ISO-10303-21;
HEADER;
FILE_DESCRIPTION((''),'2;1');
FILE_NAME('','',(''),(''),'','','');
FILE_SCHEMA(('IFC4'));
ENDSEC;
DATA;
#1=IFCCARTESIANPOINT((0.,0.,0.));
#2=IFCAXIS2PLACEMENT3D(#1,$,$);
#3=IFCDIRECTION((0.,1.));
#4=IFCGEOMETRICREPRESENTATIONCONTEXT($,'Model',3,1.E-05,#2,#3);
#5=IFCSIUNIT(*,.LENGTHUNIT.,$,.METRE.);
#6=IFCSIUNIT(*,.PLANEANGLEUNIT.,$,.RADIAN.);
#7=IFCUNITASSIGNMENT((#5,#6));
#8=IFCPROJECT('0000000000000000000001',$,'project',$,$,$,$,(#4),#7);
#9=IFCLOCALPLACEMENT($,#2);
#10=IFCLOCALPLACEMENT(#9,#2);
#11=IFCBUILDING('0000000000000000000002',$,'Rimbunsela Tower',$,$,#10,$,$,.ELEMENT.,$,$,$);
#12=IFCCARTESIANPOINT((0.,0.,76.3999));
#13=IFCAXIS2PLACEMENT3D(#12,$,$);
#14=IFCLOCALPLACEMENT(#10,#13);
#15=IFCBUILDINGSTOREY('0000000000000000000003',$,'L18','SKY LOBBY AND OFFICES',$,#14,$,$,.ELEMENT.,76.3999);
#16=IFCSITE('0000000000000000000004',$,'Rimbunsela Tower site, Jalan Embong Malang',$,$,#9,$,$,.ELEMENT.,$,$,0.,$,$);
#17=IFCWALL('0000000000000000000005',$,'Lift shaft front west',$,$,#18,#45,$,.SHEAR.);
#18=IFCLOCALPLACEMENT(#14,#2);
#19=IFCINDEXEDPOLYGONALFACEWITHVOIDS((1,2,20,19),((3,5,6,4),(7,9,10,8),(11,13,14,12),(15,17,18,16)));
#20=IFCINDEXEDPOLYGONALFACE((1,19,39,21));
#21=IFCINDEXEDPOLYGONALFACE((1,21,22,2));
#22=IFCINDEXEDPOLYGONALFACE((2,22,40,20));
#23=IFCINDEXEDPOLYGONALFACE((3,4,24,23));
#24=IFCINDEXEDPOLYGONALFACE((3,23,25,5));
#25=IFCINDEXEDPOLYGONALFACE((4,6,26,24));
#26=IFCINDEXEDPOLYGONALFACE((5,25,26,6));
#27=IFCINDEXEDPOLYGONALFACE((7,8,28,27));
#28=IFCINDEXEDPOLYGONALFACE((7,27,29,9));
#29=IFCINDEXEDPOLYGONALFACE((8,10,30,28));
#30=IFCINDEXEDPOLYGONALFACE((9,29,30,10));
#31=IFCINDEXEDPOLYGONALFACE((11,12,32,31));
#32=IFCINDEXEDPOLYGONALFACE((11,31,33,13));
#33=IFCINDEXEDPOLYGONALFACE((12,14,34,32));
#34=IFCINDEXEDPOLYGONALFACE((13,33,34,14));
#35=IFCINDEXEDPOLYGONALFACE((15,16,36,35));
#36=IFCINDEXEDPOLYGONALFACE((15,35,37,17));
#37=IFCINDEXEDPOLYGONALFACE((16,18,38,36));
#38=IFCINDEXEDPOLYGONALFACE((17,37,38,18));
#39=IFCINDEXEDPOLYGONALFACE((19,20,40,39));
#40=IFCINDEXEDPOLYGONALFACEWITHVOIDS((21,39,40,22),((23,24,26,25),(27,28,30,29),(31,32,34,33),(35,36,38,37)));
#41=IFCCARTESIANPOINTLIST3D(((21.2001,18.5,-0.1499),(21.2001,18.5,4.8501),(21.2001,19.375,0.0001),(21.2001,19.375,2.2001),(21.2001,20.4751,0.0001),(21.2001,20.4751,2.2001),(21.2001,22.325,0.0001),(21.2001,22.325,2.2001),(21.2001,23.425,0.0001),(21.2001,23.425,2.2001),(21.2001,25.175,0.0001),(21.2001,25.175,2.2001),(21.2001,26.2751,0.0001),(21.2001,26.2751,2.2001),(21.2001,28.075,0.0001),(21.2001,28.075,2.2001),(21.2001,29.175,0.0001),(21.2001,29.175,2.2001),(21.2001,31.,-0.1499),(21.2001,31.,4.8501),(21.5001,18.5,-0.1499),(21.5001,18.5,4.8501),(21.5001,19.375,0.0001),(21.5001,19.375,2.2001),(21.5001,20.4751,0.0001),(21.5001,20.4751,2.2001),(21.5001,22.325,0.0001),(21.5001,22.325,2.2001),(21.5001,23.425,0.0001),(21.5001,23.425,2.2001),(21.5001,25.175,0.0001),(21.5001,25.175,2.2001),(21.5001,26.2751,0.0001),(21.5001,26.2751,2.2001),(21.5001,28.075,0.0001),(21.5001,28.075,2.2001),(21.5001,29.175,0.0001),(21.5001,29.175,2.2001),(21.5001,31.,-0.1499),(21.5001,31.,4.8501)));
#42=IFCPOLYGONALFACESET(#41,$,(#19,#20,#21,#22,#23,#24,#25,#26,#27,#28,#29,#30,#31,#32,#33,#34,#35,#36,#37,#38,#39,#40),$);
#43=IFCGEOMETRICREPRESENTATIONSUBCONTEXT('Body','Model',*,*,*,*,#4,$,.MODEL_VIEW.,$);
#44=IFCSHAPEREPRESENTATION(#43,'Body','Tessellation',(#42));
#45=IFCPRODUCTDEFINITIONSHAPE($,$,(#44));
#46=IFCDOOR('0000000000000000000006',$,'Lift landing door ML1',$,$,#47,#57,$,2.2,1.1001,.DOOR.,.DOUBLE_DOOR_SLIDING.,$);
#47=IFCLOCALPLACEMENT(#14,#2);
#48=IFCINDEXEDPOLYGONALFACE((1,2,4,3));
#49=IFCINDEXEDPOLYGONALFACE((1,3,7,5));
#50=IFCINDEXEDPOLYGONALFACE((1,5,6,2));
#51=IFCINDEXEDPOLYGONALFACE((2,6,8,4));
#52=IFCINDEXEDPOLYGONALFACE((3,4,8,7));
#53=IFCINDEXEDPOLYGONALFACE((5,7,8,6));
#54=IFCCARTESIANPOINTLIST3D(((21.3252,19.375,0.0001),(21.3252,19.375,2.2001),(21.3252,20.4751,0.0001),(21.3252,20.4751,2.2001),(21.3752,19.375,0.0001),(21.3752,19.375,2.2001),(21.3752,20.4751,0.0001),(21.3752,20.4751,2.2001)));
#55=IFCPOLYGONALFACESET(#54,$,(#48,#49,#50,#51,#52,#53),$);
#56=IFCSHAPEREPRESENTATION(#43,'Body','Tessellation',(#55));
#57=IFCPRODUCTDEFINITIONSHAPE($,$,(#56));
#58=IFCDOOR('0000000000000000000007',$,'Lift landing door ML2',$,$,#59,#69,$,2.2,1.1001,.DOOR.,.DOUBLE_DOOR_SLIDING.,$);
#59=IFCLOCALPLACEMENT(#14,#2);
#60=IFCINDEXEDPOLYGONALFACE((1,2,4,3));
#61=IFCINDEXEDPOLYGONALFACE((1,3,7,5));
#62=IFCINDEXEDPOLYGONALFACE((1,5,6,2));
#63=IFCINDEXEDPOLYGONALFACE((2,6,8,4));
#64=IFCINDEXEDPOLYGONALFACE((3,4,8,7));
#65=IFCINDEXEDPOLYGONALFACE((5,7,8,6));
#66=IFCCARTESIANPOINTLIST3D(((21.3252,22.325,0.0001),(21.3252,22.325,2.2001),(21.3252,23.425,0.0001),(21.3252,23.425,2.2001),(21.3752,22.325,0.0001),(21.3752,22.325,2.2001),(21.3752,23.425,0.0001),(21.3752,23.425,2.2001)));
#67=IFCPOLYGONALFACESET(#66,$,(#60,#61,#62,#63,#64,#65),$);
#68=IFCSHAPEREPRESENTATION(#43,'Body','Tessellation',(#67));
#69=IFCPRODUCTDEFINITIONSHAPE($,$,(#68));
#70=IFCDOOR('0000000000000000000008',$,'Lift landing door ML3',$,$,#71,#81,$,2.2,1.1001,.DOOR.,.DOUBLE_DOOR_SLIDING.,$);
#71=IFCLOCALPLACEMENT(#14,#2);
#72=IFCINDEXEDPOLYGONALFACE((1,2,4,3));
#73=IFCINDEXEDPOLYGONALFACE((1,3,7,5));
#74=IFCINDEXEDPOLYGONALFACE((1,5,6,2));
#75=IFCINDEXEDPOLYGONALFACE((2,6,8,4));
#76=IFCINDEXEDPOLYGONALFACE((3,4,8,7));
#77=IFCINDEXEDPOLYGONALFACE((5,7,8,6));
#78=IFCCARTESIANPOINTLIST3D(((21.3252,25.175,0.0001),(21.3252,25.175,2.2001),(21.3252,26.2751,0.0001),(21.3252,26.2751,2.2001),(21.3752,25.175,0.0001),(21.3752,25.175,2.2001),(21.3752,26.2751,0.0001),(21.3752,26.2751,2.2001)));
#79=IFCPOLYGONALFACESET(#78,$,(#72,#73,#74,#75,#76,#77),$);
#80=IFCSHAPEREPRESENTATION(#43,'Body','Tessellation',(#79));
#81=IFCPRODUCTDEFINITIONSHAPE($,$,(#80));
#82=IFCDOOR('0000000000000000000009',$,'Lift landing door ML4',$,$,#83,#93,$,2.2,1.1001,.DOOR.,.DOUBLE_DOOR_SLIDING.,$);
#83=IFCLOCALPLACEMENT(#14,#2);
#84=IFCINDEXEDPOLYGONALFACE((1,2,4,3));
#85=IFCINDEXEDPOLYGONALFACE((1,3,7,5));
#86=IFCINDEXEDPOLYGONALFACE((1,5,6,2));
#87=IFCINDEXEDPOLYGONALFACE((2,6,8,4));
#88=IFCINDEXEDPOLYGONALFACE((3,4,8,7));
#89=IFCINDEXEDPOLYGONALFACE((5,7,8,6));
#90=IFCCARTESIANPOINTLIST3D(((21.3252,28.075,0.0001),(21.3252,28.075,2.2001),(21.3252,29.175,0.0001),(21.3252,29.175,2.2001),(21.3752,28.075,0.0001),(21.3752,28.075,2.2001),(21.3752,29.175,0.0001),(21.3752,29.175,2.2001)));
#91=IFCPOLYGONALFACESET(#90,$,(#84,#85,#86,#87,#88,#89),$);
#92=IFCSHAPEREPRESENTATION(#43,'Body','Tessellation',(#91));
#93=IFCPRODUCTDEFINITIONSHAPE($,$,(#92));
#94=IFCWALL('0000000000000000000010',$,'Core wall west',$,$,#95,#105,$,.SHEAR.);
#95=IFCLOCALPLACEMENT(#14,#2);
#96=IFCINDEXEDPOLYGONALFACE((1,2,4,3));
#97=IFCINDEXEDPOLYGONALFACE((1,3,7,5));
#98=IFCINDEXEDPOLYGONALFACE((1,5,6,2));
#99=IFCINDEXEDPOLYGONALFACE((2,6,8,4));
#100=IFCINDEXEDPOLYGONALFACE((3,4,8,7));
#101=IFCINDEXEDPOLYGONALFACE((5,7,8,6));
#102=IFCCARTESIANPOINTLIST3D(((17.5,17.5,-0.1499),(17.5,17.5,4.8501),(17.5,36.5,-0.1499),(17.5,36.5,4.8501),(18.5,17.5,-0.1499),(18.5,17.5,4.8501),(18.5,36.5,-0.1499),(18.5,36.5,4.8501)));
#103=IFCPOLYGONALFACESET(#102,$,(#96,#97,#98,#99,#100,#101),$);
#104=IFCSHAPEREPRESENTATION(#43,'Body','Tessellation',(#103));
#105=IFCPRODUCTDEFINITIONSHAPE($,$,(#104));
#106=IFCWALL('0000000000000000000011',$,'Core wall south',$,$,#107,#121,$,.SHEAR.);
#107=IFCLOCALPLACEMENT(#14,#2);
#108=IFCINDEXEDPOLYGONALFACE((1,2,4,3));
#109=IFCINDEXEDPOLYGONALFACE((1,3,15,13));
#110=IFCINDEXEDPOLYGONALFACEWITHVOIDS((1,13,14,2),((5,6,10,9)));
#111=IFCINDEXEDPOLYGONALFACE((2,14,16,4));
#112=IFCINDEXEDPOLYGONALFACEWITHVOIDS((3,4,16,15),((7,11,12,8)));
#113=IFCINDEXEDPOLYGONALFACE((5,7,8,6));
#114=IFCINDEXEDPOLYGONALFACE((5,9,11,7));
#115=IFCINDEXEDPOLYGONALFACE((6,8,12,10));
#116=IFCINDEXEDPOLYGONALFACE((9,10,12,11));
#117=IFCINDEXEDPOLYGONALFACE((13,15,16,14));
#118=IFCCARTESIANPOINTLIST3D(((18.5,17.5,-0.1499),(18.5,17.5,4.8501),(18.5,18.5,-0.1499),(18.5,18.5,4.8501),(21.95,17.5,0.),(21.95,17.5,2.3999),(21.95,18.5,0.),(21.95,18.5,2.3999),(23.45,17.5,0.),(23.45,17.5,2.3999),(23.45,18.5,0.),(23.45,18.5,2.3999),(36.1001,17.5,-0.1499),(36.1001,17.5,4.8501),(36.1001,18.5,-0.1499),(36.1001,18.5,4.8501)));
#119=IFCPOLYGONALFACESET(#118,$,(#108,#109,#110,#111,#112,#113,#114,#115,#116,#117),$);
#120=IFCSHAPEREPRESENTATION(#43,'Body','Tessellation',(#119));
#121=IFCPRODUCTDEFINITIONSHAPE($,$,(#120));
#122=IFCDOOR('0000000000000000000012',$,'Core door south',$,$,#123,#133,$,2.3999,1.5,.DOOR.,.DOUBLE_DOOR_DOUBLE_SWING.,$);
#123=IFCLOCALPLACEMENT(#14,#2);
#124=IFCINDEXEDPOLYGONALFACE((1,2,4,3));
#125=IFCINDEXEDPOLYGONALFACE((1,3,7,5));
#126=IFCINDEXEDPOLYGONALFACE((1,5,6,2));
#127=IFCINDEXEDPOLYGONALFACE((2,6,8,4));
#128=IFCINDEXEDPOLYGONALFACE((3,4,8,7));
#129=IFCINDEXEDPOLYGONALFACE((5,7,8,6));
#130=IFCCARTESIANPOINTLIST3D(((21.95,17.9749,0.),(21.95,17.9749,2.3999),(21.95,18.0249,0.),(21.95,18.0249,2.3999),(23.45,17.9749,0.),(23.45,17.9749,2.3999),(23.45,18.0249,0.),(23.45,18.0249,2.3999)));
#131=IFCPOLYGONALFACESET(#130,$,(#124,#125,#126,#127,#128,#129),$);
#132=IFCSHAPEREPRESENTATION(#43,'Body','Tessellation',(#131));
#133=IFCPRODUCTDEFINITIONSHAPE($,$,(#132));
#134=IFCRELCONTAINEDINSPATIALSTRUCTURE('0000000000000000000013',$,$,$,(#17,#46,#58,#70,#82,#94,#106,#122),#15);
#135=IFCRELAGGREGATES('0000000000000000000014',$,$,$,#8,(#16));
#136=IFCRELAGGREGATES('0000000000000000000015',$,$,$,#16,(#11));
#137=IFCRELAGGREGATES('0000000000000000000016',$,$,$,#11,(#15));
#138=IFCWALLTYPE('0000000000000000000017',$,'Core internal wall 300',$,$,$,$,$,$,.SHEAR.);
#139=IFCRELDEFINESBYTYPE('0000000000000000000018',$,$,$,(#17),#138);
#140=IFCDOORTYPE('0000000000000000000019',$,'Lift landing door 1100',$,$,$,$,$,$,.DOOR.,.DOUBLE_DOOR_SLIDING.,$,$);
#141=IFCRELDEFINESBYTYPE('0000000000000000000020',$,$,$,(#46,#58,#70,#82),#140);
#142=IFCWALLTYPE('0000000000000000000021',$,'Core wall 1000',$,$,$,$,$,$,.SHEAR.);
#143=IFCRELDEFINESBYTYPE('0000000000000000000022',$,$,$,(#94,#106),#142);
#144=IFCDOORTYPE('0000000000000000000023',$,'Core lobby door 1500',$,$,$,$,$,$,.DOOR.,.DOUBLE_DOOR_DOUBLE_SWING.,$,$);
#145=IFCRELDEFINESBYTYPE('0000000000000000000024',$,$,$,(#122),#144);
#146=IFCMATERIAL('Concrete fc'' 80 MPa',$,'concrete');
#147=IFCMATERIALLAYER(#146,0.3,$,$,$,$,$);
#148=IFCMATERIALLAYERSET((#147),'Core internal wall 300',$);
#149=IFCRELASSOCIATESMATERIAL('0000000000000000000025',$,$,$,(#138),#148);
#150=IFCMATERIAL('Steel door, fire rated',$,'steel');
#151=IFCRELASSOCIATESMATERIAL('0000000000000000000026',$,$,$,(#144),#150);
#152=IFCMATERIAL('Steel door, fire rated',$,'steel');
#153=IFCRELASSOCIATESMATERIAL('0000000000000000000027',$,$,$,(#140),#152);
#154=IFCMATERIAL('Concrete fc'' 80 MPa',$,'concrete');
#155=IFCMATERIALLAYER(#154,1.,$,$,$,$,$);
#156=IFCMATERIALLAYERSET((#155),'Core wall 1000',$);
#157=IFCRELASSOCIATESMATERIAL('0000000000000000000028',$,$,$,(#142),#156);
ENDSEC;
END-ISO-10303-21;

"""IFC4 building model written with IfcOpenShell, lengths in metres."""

from ifc_helpers import new_model, si_unit, direction, frame, frame_2d, origin, place, context, subcontext, project, spatial, rectangle, extrude, material, layer, layer_set, type_object, element, fill, save


model = new_model("IFC4")

# Units and contexts
model_context = context("Model", 3, precision=1e-05, world=origin(), true_north=direction((0.0, 1.0)))
body_context = subcontext(model_context, "Body", "Model", "MODEL_VIEW")
ifc_project = project(units=[si_unit("LENGTHUNIT", "METRE"), si_unit("PLANEANGLEUNIT", "RADIAN")], contexts=[model_context])

# Site, building, storey
site_placement = place(None, origin())
site = spatial("IfcSite", under=ifc_project, at=site_placement, Name="Rimbunsela Tower site, Jalan Embong Malang", CompositionType="ELEMENT", RefElevation=0.0)
building_placement = place(site_placement, origin())
building = spatial("IfcBuilding", under=site, at=building_placement, Name="Rimbunsela Tower", CompositionType="ELEMENT")
storey_placement = place(building_placement, frame((0.0, 0.0, 76.3999)))
storey = spatial("IfcBuildingStorey", under=building, at=storey_placement, Name="L18", Description="SKY LOBBY AND OFFICES", CompositionType="ELEMENT", Elevation=76.3999)

# Shared definitions
ifc_material_1 = material(Name="Concrete fc' 80 MPa", Category="concrete")
ifc_layer_1 = layer(ifc_material_1, 0.3)
ifc_layer_set_1 = layer_set([ifc_layer_1], Name="Core internal wall 300")
wall_type_1 = type_object("IfcWallType", Name="Core internal wall 300", PredefinedType="SHEAR", material=ifc_layer_set_1)
ifc_material_2 = material(Name="Steel door, fire rated", Category="steel")
door_type_1 = type_object("IfcDoorType", Name="Core lobby door 1500", OperationType="DOUBLE_DOOR_DOUBLE_SWING", PredefinedType="DOOR", material=ifc_material_2)

# Wall, openings, doors
wall_1_placement = place(storey_placement, frame((21.3501, 18.5, -0.1499), z_axis=(0.0, 0.0, 1.0), x_axis=(0.0, 1.0, 0.0)))
wall_1 = element("IfcWall", 1, at=wall_1_placement, inside=storey, type_object=wall_type_1, Name="Lift shaft front west", PredefinedType="SHEAR", context=body_context, shape_type="SweptSolid", body=[
    extrude(rectangle(XDim=12.5, YDim=0.3, at=frame_2d((6.25, 0.0))), origin(), (0.0, 0.0, 1.0), 5.0),
])
opening_1_placement = place(wall_1_placement, frame((0.875, 0.0, 0.1499)))
opening_1 = element("IfcOpeningElement", 2, at=opening_1_placement, cuts=wall_1, PredefinedType="OPENING", context=body_context, shape_type="SweptSolid", body=[
    extrude(rectangle(XDim=1.1001, YDim=2.2, at=frame_2d((0.55, 1.1001))), frame((0.0, 0.1599, 0.0), z_axis=(0.0, -1.0, 0.0), x_axis=(1.0, 0.0, 0.0)), (0.0, 0.0, 1.0), 0.3201),
])
opening_2_placement = place(wall_1_placement, frame((3.825, 0.0, 0.1499)))
opening_2 = element("IfcOpeningElement", 3, at=opening_2_placement, cuts=wall_1, PredefinedType="OPENING", context=body_context, shape_type="SweptSolid", body=[
    extrude(rectangle(XDim=1.1001, YDim=2.2, at=frame_2d((0.55, 1.1001))), frame((0.0, 0.1599, 0.0), z_axis=(0.0, -1.0, 0.0), x_axis=(1.0, 0.0, 0.0)), (0.0, 0.0, 1.0), 0.3201),
])
opening_3_placement = place(wall_1_placement, frame((6.675, 0.0, 0.1499)))
opening_3 = element("IfcOpeningElement", 4, at=opening_3_placement, cuts=wall_1, PredefinedType="OPENING", context=body_context, shape_type="SweptSolid", body=[
    extrude(rectangle(XDim=1.1001, YDim=2.2, at=frame_2d((0.55, 1.1001))), frame((0.0, 0.1599, 0.0), z_axis=(0.0, -1.0, 0.0), x_axis=(1.0, 0.0, 0.0)), (0.0, 0.0, 1.0), 0.3201),
])
opening_4_placement = place(wall_1_placement, frame((9.575, 0.0, 0.1499)))
opening_4 = element("IfcOpeningElement", 5, at=opening_4_placement, cuts=wall_1, PredefinedType="OPENING", context=body_context, shape_type="SweptSolid", body=[
    extrude(rectangle(XDim=1.1001, YDim=2.2, at=frame_2d((0.55, 1.1001))), frame((0.0, 0.1599, 0.0), z_axis=(0.0, -1.0, 0.0), x_axis=(1.0, 0.0, 0.0)), (0.0, 0.0, 1.0), 0.3201),
])
ifc_material_3 = material(Name="Steel door, fire rated", Category="steel")
door_type_2 = type_object("IfcDoorType", Name="Lift landing door 1100", OperationType="DOUBLE_DOOR_SLIDING", PredefinedType="DOOR", material=ifc_material_3)
door_1_placement = place(opening_1_placement, origin())
door_1 = element("IfcDoor", 6, at=door_1_placement, inside=storey, type_object=door_type_2, Name="Lift landing door ML1", OperationType="DOUBLE_DOOR_SLIDING", OverallHeight=2.2, OverallWidth=1.1001, PredefinedType="DOOR", context=body_context, shape_type="SweptSolid", body=[
    extrude(rectangle(XDim=1.1001, YDim=2.2, at=frame_2d((0.55, 1.1001))), frame((0.0, 0.0249, 0.0), z_axis=(0.0, -1.0, 0.0), x_axis=(1.0, 0.0, 0.0)), (0.0, 0.0, 1.0), 0.05),
])
fill(opening_1, door_1)
door_2_placement = place(opening_2_placement, origin())
door_2 = element("IfcDoor", 7, at=door_2_placement, inside=storey, type_object=door_type_2, Name="Lift landing door ML2", OperationType="DOUBLE_DOOR_SLIDING", OverallHeight=2.2, OverallWidth=1.1001, PredefinedType="DOOR", context=body_context, shape_type="SweptSolid", body=[
    extrude(rectangle(XDim=1.1001, YDim=2.2, at=frame_2d((0.55, 1.1001))), frame((0.0, 0.0249, 0.0), z_axis=(0.0, -1.0, 0.0), x_axis=(1.0, 0.0, 0.0)), (0.0, 0.0, 1.0), 0.05),
])
fill(opening_2, door_2)
door_3_placement = place(opening_3_placement, origin())
door_3 = element("IfcDoor", 8, at=door_3_placement, inside=storey, type_object=door_type_2, Name="Lift landing door ML3", OperationType="DOUBLE_DOOR_SLIDING", OverallHeight=2.2, OverallWidth=1.1001, PredefinedType="DOOR", context=body_context, shape_type="SweptSolid", body=[
    extrude(rectangle(XDim=1.1001, YDim=2.2, at=frame_2d((0.55, 1.1001))), frame((0.0, 0.0249, 0.0), z_axis=(0.0, -1.0, 0.0), x_axis=(1.0, 0.0, 0.0)), (0.0, 0.0, 1.0), 0.05),
])
fill(opening_3, door_3)
door_4_placement = place(opening_4_placement, origin())
door_4 = element("IfcDoor", 9, at=door_4_placement, inside=storey, type_object=door_type_2, Name="Lift landing door ML4", OperationType="DOUBLE_DOOR_SLIDING", OverallHeight=2.2, OverallWidth=1.1001, PredefinedType="DOOR", context=body_context, shape_type="SweptSolid", body=[
    extrude(rectangle(XDim=1.1001, YDim=2.2, at=frame_2d((0.55, 1.1001))), frame((0.0, 0.0249, 0.0), z_axis=(0.0, -1.0, 0.0), x_axis=(1.0, 0.0, 0.0)), (0.0, 0.0, 1.0), 0.05),
])
fill(opening_4, door_4)

# Wall
ifc_material_4 = material(Name="Concrete fc' 80 MPa", Category="concrete")
ifc_layer_2 = layer(ifc_material_4, 1.0)
ifc_layer_set_2 = layer_set([ifc_layer_2], Name="Core wall 1000")
wall_type_2 = type_object("IfcWallType", Name="Core wall 1000", PredefinedType="SHEAR", material=ifc_layer_set_2)
wall_2_placement = place(storey_placement, frame((18.0, 17.5, -0.1499), z_axis=(0.0, 0.0, 1.0), x_axis=(0.0, 1.0, 0.0)))
element("IfcWall", 10, at=wall_2_placement, inside=storey, type_object=wall_type_2, Name="Core wall west", PredefinedType="SHEAR", context=body_context, shape_type="SweptSolid", body=[
    extrude(rectangle(XDim=19.0, YDim=1.0, at=frame_2d((9.5, 0.0))), origin(), (0.0, 0.0, 1.0), 5.0),
])

# Wall, opening, door
wall_3_placement = place(storey_placement, frame((18.5, 18.0, -0.1499), z_axis=(0.0, 0.0, 1.0), x_axis=(1.0, 0.0, 0.0)))
wall_3 = element("IfcWall", 11, at=wall_3_placement, inside=storey, type_object=wall_type_2, Name="Core wall south", PredefinedType="SHEAR", context=body_context, shape_type="SweptSolid", body=[
    extrude(rectangle(XDim=17.6001, YDim=1.0, at=frame_2d((8.8, 0.0))), origin(), (0.0, 0.0, 1.0), 5.0),
])
opening_5_placement = place(wall_3_placement, frame((3.45, 0.0, 0.1499)))
opening_5 = element("IfcOpeningElement", 12, at=opening_5_placement, cuts=wall_3, PredefinedType="OPENING", context=body_context, shape_type="SweptSolid", body=[
    extrude(rectangle(XDim=1.5, YDim=2.3999, at=frame_2d((0.75, 1.2))), frame((0.0, 0.51, 0.0), z_axis=(0.0, -1.0, 0.0), x_axis=(1.0, 0.0, 0.0)), (0.0, 0.0, 1.0), 1.02),
])
door_5_placement = place(opening_5_placement, origin())
door_5 = element("IfcDoor", 13, at=door_5_placement, inside=storey, type_object=door_type_1, Name="Core door south", OperationType="DOUBLE_DOOR_DOUBLE_SWING", OverallHeight=2.3999, OverallWidth=1.5, PredefinedType="DOOR", context=body_context, shape_type="SweptSolid", body=[
    extrude(rectangle(XDim=1.5, YDim=2.3999, at=frame_2d((0.75, 1.2))), frame((0.0, 0.0249, 0.0), z_axis=(0.0, -1.0, 0.0), x_axis=(1.0, 0.0, 0.0)), (0.0, 0.0, 1.0), 0.05),
])
fill(opening_5, door_5)

save(model, "model.ifc")
